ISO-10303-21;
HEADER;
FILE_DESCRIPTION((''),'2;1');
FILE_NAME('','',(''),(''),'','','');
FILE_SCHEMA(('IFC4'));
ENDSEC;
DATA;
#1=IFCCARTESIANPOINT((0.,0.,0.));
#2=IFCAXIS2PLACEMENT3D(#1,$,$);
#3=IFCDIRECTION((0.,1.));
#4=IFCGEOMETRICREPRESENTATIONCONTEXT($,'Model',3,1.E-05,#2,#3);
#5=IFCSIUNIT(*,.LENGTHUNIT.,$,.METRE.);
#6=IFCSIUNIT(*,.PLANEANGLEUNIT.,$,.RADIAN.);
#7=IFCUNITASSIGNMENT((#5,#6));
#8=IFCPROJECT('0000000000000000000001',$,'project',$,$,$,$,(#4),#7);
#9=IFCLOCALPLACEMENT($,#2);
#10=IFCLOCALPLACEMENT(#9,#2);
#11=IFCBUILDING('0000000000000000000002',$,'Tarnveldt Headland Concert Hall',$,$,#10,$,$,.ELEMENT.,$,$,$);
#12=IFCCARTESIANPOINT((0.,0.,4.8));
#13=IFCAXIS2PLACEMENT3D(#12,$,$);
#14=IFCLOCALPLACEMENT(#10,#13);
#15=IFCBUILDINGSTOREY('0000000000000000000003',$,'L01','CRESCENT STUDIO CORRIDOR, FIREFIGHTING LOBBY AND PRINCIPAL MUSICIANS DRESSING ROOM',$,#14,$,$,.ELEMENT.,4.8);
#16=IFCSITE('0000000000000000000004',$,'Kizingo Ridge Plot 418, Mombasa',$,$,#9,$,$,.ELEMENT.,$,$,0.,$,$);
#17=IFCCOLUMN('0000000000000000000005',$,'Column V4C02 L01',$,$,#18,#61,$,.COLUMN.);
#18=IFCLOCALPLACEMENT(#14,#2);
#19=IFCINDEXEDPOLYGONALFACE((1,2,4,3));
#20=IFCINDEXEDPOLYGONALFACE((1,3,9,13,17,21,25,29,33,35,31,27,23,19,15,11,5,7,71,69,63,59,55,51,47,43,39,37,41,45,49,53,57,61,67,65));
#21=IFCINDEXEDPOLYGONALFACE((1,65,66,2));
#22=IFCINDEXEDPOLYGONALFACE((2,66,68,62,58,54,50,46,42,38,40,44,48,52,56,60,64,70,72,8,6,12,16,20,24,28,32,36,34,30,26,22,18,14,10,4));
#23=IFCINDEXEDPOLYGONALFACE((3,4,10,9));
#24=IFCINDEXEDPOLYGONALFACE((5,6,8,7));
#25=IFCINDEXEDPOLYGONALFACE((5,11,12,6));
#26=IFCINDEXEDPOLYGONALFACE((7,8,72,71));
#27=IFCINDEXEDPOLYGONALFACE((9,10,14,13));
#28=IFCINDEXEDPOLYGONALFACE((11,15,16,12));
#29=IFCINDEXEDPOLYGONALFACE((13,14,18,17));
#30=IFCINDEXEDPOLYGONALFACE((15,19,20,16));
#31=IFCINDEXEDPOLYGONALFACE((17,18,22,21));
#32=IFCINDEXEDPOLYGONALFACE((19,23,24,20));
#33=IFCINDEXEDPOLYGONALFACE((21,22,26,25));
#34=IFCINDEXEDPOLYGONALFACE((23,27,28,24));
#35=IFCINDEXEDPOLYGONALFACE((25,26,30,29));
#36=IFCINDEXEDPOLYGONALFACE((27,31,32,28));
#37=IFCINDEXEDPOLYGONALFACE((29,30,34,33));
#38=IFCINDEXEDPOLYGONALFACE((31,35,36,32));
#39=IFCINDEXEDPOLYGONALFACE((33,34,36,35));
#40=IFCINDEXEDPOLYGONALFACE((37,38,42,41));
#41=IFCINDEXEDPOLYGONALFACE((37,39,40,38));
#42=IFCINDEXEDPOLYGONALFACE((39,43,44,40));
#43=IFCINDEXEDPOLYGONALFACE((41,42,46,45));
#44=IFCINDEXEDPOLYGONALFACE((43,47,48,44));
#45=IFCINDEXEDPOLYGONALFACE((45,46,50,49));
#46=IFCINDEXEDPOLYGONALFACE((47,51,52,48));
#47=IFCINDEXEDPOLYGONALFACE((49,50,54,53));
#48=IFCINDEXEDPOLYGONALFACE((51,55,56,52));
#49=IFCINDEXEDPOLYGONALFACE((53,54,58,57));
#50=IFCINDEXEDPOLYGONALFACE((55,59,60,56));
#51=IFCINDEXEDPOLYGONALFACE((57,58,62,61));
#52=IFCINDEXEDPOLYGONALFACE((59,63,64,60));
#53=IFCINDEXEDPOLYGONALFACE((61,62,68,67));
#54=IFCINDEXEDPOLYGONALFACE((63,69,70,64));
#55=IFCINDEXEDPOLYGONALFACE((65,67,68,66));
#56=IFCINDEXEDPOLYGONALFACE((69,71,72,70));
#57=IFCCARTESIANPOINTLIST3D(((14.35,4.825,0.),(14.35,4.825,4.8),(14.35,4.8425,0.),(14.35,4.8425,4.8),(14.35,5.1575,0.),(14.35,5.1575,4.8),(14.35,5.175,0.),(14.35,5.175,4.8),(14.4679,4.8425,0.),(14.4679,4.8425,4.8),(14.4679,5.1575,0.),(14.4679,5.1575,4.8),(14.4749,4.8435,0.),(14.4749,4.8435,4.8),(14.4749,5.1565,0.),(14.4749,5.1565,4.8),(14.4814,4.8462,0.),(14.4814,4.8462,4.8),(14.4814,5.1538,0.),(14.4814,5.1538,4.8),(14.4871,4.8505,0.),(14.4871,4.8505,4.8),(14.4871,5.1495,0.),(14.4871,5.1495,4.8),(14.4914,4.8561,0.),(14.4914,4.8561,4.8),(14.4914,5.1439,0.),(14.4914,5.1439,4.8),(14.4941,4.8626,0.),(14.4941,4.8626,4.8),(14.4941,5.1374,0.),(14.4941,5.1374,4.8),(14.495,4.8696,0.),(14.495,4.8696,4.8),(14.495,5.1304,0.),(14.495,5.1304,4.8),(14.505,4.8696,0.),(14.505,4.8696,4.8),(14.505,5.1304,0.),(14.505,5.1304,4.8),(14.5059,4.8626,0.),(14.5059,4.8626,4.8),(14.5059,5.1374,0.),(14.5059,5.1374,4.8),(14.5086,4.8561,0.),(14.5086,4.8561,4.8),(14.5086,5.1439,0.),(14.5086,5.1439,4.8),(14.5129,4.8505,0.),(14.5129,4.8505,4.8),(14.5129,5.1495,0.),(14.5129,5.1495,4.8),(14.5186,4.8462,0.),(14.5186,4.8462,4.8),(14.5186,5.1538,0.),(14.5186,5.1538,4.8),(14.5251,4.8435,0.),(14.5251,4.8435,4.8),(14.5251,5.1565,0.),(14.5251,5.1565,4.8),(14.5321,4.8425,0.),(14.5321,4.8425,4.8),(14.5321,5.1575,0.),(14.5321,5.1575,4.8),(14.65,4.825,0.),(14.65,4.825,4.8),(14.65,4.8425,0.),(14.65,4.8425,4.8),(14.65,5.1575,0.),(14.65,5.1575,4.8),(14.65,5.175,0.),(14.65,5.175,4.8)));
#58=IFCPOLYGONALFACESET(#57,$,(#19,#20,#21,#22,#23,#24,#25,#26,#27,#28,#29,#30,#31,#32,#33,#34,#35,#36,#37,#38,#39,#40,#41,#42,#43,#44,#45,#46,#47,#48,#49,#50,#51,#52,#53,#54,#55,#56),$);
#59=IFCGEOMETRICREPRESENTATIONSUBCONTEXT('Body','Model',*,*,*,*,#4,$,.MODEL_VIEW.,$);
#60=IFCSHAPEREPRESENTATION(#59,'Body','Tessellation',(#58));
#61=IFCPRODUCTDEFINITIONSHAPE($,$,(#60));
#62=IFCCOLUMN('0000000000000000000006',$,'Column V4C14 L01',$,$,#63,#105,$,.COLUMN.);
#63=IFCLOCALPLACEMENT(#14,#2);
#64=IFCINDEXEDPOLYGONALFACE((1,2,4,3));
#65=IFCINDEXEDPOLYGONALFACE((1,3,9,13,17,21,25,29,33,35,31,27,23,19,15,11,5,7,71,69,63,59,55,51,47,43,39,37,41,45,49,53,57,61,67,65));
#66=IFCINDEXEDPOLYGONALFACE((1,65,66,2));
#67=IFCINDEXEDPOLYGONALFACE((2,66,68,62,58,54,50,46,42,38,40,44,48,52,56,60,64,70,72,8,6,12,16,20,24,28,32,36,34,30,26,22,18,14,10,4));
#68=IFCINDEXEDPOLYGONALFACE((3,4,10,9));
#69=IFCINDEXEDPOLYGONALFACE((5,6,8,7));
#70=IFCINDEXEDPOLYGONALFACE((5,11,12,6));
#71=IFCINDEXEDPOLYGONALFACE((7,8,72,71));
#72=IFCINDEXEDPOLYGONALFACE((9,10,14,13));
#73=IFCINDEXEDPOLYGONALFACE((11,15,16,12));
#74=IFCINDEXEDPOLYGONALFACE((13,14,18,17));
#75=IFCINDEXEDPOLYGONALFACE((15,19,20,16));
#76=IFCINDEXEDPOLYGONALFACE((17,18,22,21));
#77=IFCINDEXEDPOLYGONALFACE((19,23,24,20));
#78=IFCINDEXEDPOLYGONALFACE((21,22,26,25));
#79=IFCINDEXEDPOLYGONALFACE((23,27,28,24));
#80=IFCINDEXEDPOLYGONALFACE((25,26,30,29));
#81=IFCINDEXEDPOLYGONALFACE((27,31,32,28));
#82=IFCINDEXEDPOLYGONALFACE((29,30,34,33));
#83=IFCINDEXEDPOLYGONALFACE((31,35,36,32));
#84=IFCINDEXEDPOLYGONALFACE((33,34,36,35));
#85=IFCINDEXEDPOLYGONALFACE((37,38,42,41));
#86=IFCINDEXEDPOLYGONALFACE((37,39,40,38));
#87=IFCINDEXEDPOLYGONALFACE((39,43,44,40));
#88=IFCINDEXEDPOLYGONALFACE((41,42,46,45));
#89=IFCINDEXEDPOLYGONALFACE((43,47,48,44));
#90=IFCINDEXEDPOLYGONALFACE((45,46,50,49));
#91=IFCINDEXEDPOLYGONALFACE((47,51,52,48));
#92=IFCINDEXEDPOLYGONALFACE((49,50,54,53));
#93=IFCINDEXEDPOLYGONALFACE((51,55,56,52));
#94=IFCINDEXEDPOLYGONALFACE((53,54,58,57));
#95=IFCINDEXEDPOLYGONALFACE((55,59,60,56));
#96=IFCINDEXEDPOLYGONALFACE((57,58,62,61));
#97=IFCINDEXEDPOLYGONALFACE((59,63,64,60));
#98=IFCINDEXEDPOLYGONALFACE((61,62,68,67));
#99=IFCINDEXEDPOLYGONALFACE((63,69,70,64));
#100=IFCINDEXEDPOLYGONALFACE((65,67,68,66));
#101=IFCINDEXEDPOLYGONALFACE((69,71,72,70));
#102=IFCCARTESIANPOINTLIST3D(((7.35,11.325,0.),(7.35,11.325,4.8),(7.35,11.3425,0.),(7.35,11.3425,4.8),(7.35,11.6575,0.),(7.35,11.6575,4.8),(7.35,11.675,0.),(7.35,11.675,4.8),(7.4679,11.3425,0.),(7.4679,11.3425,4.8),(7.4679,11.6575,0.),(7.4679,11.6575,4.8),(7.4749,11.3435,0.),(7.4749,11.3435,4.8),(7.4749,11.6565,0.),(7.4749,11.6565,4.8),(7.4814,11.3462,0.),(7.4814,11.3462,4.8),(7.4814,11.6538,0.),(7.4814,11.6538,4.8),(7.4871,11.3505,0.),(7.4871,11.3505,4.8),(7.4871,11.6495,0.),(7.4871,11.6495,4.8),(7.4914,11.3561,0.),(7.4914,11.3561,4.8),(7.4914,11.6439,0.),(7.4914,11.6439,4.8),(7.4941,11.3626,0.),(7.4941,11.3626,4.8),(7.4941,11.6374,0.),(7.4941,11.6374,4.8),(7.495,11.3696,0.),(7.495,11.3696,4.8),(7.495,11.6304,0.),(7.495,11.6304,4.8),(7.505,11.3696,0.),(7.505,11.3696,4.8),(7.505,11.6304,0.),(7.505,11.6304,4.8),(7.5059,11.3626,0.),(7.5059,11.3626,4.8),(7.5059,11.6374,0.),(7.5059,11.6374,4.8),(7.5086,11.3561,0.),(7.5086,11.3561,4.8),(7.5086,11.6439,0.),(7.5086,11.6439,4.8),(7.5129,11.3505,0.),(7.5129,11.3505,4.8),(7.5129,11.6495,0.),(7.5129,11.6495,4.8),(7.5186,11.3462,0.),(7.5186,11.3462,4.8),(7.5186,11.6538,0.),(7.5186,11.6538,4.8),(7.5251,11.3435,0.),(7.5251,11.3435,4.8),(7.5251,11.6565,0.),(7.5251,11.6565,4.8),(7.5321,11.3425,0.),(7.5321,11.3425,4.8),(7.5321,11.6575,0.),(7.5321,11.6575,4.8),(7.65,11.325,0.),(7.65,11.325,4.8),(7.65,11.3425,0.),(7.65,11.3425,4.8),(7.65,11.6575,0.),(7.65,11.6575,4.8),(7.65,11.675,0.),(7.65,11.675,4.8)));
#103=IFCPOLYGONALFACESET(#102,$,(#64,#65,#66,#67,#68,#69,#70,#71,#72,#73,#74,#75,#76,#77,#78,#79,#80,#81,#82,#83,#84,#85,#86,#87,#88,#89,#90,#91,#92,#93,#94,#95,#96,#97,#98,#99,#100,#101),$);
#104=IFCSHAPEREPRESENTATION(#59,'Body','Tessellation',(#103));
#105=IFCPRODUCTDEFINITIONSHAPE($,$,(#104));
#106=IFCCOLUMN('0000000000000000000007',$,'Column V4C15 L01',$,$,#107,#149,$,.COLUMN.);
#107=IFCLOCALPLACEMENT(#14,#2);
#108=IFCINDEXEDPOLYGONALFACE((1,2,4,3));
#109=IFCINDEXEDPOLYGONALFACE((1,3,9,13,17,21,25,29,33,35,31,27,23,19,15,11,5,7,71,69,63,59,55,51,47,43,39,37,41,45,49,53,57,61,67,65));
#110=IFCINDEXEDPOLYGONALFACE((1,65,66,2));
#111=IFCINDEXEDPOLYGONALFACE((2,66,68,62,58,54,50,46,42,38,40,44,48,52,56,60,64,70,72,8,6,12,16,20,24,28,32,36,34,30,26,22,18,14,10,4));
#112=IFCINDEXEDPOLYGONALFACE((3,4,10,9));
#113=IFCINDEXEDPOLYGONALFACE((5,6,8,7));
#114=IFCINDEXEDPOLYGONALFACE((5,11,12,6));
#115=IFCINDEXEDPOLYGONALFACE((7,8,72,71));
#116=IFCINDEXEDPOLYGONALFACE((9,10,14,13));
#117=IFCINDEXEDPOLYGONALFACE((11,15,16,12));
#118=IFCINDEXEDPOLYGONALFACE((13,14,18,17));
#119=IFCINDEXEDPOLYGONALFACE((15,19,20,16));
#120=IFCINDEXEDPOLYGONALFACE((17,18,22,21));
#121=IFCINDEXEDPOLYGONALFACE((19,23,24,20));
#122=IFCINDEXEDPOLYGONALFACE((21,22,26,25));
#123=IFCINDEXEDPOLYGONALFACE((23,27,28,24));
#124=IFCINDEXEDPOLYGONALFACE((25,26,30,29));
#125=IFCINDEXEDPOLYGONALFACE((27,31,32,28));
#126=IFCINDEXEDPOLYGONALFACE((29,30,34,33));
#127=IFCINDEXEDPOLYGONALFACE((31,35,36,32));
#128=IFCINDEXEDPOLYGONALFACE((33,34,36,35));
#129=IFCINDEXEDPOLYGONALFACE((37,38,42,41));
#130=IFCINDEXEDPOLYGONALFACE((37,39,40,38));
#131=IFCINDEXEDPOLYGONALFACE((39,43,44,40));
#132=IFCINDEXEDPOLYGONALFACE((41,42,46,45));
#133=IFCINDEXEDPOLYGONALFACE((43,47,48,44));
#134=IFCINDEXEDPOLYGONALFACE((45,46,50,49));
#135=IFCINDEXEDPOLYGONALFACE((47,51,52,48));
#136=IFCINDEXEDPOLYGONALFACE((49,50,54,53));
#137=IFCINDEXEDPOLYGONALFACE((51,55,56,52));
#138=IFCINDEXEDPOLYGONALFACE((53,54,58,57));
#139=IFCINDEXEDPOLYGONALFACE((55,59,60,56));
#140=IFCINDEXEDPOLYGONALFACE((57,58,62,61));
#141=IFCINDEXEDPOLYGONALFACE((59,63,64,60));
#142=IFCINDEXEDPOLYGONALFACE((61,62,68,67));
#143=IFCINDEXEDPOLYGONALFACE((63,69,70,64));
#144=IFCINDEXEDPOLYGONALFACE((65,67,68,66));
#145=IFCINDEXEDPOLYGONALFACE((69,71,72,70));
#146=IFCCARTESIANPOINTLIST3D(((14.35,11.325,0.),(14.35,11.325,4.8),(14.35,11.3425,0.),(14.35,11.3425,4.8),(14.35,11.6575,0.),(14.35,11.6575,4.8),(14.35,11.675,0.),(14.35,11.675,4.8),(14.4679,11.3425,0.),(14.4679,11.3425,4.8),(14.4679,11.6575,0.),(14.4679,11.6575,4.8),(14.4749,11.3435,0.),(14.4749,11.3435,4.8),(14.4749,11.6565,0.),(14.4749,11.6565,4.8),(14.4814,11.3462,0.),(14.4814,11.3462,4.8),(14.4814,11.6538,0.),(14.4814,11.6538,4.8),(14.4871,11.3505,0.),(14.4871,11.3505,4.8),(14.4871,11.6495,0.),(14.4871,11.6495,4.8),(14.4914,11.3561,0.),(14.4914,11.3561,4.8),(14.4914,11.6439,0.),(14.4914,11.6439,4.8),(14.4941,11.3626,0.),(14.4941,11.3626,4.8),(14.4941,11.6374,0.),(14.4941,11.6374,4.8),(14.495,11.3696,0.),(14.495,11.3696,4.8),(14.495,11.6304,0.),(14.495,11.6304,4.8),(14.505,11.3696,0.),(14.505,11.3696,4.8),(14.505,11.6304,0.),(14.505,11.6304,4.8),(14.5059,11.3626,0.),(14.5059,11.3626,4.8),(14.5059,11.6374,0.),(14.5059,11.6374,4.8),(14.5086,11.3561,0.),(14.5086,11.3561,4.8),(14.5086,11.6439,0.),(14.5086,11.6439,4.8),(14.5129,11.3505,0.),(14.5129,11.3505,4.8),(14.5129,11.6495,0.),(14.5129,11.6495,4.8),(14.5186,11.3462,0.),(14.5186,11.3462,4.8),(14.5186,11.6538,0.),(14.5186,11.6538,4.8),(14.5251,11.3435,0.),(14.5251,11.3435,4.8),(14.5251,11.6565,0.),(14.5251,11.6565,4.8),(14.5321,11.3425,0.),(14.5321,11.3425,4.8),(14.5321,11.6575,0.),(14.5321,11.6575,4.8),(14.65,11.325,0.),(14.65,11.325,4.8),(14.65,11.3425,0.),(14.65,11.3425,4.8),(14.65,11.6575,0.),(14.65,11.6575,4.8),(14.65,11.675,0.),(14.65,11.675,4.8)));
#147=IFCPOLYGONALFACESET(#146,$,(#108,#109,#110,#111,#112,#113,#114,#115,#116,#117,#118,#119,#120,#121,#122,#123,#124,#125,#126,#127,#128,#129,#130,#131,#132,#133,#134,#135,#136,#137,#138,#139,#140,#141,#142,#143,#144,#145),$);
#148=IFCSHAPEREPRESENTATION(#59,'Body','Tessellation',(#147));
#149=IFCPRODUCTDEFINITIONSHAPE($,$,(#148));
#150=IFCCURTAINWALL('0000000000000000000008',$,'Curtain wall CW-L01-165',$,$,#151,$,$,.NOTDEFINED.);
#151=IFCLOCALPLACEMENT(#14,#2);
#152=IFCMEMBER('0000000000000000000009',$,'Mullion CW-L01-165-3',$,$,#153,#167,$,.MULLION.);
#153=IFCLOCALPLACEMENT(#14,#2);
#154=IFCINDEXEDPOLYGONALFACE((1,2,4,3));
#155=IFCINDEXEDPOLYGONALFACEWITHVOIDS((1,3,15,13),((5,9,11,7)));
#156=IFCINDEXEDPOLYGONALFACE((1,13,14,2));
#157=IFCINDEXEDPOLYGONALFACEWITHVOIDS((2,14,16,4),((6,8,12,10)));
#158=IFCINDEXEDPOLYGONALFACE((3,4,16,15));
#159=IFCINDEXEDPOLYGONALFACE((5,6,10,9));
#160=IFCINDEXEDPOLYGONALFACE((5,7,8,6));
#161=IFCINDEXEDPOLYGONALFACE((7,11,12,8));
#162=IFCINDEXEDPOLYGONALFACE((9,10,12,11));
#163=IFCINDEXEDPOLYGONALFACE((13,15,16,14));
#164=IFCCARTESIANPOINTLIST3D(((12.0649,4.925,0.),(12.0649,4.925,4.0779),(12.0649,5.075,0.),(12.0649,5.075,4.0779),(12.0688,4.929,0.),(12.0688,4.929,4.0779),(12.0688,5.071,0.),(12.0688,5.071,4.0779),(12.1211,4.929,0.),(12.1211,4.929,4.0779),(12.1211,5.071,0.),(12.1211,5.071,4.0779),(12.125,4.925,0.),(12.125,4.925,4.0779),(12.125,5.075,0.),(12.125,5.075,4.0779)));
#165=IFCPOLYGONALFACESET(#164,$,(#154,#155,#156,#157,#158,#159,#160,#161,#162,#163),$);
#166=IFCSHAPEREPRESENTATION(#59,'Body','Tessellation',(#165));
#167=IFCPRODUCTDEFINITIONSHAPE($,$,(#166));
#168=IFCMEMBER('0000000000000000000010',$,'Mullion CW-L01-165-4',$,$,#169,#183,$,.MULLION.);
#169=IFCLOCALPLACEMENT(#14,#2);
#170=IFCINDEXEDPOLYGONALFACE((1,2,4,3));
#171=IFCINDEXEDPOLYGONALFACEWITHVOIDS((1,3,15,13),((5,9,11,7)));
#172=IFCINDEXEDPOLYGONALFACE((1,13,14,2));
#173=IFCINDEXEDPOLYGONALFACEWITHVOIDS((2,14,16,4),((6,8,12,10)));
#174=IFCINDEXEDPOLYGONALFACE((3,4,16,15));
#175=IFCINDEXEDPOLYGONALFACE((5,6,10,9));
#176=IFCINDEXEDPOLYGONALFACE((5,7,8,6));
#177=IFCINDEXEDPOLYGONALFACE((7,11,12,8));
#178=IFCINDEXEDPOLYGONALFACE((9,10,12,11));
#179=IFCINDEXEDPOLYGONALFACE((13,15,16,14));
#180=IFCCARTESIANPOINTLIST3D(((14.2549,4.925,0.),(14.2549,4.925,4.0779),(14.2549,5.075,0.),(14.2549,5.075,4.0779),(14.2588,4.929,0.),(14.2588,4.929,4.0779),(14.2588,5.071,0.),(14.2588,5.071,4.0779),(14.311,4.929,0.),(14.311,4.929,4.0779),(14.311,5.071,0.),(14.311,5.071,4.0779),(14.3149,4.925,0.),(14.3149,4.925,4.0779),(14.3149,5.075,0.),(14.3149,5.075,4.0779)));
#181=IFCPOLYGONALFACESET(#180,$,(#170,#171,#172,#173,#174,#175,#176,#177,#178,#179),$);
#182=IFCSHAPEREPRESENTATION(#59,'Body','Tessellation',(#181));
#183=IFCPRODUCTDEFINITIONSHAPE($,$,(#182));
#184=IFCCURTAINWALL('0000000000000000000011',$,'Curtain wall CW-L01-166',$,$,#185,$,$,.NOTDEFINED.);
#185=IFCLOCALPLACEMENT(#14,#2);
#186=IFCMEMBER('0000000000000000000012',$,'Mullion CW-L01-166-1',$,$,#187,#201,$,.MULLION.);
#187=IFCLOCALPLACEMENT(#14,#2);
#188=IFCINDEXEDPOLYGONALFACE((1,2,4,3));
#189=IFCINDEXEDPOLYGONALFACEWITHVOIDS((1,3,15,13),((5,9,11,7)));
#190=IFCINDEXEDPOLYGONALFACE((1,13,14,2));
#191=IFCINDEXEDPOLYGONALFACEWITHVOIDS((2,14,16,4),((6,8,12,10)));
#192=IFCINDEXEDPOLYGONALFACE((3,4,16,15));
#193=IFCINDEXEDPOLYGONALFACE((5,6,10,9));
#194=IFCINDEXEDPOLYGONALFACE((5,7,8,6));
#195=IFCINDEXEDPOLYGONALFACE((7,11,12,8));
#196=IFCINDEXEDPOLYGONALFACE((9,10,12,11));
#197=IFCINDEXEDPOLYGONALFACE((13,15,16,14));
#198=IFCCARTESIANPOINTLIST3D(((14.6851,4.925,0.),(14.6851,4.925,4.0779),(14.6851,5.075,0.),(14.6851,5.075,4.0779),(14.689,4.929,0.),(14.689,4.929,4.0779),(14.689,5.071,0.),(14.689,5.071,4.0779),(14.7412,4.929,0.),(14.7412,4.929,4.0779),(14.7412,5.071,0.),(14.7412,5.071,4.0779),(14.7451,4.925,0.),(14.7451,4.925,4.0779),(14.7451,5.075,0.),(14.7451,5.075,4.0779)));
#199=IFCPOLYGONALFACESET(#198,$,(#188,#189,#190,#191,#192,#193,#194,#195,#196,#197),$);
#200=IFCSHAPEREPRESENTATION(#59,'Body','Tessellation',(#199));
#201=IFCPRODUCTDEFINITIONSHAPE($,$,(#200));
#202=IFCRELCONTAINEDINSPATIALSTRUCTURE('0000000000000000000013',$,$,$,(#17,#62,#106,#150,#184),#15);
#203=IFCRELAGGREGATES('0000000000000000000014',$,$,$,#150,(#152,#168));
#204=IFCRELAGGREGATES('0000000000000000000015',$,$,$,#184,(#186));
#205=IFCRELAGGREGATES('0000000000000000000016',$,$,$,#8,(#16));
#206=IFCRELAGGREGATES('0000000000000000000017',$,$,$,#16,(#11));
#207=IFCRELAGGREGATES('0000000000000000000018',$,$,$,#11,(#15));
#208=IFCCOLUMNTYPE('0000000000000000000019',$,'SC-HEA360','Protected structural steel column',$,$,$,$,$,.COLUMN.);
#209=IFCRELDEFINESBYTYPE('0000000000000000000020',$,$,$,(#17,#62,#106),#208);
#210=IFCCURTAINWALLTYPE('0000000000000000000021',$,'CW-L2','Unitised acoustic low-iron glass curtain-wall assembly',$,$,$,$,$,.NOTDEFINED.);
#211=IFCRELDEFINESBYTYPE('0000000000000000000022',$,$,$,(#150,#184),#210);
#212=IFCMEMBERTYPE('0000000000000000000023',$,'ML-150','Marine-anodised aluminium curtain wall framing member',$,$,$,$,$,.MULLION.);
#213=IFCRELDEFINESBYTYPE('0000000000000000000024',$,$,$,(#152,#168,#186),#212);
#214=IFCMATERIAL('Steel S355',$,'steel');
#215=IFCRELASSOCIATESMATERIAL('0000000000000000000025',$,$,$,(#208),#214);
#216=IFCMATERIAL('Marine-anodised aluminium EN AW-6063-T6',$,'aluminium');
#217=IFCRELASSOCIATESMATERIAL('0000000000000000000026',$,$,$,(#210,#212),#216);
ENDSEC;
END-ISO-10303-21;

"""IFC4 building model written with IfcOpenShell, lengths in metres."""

from ifc_helpers import new_model, si_unit, direction, frame, origin, origin_2d, place, context, subcontext, project, spatial, hollow_rectangle, i_section, extrude, material, material_profile, profile_set, type_object, element, aggregate, save


model = new_model("IFC4")

# Units and contexts
model_context = context("Model", 3, precision=1e-05, world=origin(), true_north=direction((0.0, 1.0)))
body_context = subcontext(model_context, "Body", "Model", "MODEL_VIEW")
ifc_project = project(units=[si_unit("LENGTHUNIT", "METRE"), si_unit("PLANEANGLEUNIT", "RADIAN")], contexts=[model_context])

# Site, building, storey
site_placement = place(None, origin())
site = spatial("IfcSite", under=ifc_project, at=site_placement, Name="Kizingo Ridge Plot 418, Mombasa", CompositionType="ELEMENT", RefElevation=0.0)
building_placement = place(site_placement, origin())
building = spatial("IfcBuilding", under=site, at=building_placement, Name="Tarnveldt Headland Concert Hall", CompositionType="ELEMENT")
storey_placement = place(building_placement, frame((0.0, 0.0, 4.8)))
storey = spatial("IfcBuildingStorey", under=building, at=storey_placement, Name="L01", Description="CRESCENT STUDIO CORRIDOR, FIREFIGHTING LOBBY AND PRINCIPAL MUSICIANS DRESSING ROOM", CompositionType="ELEMENT", Elevation=4.8)

# Columns
ifc_material_1 = material(Name="Steel S355", Category="steel")
ifc_material_profile_1 = material_profile(ifc_material_1, i_section(OverallWidth=0.3, OverallDepth=0.3501, WebThickness=0.01, FlangeThickness=0.0176, FilletRadius=0.0271, at=origin_2d()), Name="HEA360", Category="steel")
ifc_profile_set_1 = profile_set([ifc_material_profile_1], Name="Steel S355")
column_type = type_object("IfcColumnType", Name="SC-HEA360", Description="Protected structural steel column", PredefinedType="COLUMN", material=ifc_profile_set_1)
for number, where, z_axis, x_axis, name in (
    (1, (14.5, 5.0, 0.0), (0.0, 0.0, 1.0), (1.0, 0.0, 0.0), "Column V4C02 L01"),
    (2, (7.5, 11.5, 0.0), (0.0, 0.0, 1.0), (1.0, 0.0, 0.0), "Column V4C14 L01"),
    (3, (14.5, 11.5, 0.0), (0.0, 0.0, 1.0), (1.0, 0.0, 0.0), "Column V4C15 L01"),
):
    element("IfcColumn", number, at=place(storey_placement, frame(where, z_axis=z_axis, x_axis=x_axis)), inside=storey, type_object=column_type, Name=name, PredefinedType="COLUMN", context=body_context, shape_type="SweptSolid", body=[
        extrude(i_section(OverallWidth=0.3, OverallDepth=0.3501, WebThickness=0.01, FlangeThickness=0.0176, FilletRadius=0.0271, at=origin_2d()), origin(), (0.0, 0.0, 1.0), 4.8),
    ])

# Curtain walls, members
ifc_material_2 = material(Name="Marine-anodised aluminium EN AW-6063-T6", Category="aluminium")
curtain_wall_type = type_object("IfcCurtainWallType", Name="CW-L2", Description="Unitised acoustic low-iron glass curtain-wall assembly", PredefinedType="NOTDEFINED", material=ifc_material_2)
curtain_wall_1_placement = place(storey_placement, origin())
curtain_wall_1 = element("IfcCurtainWall", 4, at=curtain_wall_1_placement, inside=storey, type_object=curtain_wall_type, Name="Curtain wall CW-L01-165", PredefinedType="NOTDEFINED")
ifc_material_profile_2 = material_profile(ifc_material_2, hollow_rectangle(XDim=0.0601, YDim=0.1499, WallThickness=0.0039, at=origin_2d()), Name="ALU MULLION 60x150x4", Category="aluminium")
ifc_profile_set_2 = profile_set([ifc_material_profile_2], Name="Marine-anodised aluminium EN AW-6063-T6")
member_type_1 = type_object("IfcMemberType", Name="ML-150", Description="Marine-anodised aluminium curtain wall framing member", PredefinedType="MULLION", material=ifc_profile_set_2)
member_1_placement = place(storey_placement, frame((12.095, 5.0, 0.0), z_axis=(0.0, 0.0, 1.0), x_axis=(1.0, 0.0, 0.0)))
member_1 = element("IfcMember", 5, at=member_1_placement, type_object=member_type_1, Name="Mullion CW-L01-165-3", PredefinedType="MULLION", context=body_context, shape_type="SweptSolid", body=[
    extrude(hollow_rectangle(XDim=0.0601, YDim=0.1499, WallThickness=0.0039, at=origin_2d()), origin(), (0.0, 0.0, 1.0), 4.0779),
])
member_2_placement = place(storey_placement, frame((14.2849, 5.0, 0.0), z_axis=(0.0, 0.0, 1.0), x_axis=(1.0, 0.0, 0.0)))
member_2 = element("IfcMember", 6, at=member_2_placement, type_object=member_type_1, Name="Mullion CW-L01-165-4", PredefinedType="MULLION", context=body_context, shape_type="SweptSolid", body=[
    extrude(hollow_rectangle(XDim=0.0601, YDim=0.1499, WallThickness=0.0039, at=origin_2d()), origin(), (0.0, 0.0, 1.0), 4.0779),
])
curtain_wall_2_placement = place(storey_placement, origin())
curtain_wall_2 = element("IfcCurtainWall", 7, at=curtain_wall_2_placement, inside=storey, type_object=curtain_wall_type, Name="Curtain wall CW-L01-166", PredefinedType="NOTDEFINED")
member_3_placement = place(storey_placement, frame((14.7151, 5.0, 0.0), z_axis=(0.0, 0.0, 1.0), x_axis=(1.0, 0.0, 0.0)))
member_3 = element("IfcMember", 8, at=member_3_placement, type_object=member_type_1, Name="Mullion CW-L01-166-1", PredefinedType="MULLION", context=body_context, shape_type="SweptSolid", body=[
    extrude(hollow_rectangle(XDim=0.0601, YDim=0.1499, WallThickness=0.0039, at=origin_2d()), origin(), (0.0, 0.0, 1.0), 4.0779),
])

aggregate(curtain_wall_1, [member_1, member_2])
aggregate(curtain_wall_2, [member_3])

save(model, "model.ifc")
